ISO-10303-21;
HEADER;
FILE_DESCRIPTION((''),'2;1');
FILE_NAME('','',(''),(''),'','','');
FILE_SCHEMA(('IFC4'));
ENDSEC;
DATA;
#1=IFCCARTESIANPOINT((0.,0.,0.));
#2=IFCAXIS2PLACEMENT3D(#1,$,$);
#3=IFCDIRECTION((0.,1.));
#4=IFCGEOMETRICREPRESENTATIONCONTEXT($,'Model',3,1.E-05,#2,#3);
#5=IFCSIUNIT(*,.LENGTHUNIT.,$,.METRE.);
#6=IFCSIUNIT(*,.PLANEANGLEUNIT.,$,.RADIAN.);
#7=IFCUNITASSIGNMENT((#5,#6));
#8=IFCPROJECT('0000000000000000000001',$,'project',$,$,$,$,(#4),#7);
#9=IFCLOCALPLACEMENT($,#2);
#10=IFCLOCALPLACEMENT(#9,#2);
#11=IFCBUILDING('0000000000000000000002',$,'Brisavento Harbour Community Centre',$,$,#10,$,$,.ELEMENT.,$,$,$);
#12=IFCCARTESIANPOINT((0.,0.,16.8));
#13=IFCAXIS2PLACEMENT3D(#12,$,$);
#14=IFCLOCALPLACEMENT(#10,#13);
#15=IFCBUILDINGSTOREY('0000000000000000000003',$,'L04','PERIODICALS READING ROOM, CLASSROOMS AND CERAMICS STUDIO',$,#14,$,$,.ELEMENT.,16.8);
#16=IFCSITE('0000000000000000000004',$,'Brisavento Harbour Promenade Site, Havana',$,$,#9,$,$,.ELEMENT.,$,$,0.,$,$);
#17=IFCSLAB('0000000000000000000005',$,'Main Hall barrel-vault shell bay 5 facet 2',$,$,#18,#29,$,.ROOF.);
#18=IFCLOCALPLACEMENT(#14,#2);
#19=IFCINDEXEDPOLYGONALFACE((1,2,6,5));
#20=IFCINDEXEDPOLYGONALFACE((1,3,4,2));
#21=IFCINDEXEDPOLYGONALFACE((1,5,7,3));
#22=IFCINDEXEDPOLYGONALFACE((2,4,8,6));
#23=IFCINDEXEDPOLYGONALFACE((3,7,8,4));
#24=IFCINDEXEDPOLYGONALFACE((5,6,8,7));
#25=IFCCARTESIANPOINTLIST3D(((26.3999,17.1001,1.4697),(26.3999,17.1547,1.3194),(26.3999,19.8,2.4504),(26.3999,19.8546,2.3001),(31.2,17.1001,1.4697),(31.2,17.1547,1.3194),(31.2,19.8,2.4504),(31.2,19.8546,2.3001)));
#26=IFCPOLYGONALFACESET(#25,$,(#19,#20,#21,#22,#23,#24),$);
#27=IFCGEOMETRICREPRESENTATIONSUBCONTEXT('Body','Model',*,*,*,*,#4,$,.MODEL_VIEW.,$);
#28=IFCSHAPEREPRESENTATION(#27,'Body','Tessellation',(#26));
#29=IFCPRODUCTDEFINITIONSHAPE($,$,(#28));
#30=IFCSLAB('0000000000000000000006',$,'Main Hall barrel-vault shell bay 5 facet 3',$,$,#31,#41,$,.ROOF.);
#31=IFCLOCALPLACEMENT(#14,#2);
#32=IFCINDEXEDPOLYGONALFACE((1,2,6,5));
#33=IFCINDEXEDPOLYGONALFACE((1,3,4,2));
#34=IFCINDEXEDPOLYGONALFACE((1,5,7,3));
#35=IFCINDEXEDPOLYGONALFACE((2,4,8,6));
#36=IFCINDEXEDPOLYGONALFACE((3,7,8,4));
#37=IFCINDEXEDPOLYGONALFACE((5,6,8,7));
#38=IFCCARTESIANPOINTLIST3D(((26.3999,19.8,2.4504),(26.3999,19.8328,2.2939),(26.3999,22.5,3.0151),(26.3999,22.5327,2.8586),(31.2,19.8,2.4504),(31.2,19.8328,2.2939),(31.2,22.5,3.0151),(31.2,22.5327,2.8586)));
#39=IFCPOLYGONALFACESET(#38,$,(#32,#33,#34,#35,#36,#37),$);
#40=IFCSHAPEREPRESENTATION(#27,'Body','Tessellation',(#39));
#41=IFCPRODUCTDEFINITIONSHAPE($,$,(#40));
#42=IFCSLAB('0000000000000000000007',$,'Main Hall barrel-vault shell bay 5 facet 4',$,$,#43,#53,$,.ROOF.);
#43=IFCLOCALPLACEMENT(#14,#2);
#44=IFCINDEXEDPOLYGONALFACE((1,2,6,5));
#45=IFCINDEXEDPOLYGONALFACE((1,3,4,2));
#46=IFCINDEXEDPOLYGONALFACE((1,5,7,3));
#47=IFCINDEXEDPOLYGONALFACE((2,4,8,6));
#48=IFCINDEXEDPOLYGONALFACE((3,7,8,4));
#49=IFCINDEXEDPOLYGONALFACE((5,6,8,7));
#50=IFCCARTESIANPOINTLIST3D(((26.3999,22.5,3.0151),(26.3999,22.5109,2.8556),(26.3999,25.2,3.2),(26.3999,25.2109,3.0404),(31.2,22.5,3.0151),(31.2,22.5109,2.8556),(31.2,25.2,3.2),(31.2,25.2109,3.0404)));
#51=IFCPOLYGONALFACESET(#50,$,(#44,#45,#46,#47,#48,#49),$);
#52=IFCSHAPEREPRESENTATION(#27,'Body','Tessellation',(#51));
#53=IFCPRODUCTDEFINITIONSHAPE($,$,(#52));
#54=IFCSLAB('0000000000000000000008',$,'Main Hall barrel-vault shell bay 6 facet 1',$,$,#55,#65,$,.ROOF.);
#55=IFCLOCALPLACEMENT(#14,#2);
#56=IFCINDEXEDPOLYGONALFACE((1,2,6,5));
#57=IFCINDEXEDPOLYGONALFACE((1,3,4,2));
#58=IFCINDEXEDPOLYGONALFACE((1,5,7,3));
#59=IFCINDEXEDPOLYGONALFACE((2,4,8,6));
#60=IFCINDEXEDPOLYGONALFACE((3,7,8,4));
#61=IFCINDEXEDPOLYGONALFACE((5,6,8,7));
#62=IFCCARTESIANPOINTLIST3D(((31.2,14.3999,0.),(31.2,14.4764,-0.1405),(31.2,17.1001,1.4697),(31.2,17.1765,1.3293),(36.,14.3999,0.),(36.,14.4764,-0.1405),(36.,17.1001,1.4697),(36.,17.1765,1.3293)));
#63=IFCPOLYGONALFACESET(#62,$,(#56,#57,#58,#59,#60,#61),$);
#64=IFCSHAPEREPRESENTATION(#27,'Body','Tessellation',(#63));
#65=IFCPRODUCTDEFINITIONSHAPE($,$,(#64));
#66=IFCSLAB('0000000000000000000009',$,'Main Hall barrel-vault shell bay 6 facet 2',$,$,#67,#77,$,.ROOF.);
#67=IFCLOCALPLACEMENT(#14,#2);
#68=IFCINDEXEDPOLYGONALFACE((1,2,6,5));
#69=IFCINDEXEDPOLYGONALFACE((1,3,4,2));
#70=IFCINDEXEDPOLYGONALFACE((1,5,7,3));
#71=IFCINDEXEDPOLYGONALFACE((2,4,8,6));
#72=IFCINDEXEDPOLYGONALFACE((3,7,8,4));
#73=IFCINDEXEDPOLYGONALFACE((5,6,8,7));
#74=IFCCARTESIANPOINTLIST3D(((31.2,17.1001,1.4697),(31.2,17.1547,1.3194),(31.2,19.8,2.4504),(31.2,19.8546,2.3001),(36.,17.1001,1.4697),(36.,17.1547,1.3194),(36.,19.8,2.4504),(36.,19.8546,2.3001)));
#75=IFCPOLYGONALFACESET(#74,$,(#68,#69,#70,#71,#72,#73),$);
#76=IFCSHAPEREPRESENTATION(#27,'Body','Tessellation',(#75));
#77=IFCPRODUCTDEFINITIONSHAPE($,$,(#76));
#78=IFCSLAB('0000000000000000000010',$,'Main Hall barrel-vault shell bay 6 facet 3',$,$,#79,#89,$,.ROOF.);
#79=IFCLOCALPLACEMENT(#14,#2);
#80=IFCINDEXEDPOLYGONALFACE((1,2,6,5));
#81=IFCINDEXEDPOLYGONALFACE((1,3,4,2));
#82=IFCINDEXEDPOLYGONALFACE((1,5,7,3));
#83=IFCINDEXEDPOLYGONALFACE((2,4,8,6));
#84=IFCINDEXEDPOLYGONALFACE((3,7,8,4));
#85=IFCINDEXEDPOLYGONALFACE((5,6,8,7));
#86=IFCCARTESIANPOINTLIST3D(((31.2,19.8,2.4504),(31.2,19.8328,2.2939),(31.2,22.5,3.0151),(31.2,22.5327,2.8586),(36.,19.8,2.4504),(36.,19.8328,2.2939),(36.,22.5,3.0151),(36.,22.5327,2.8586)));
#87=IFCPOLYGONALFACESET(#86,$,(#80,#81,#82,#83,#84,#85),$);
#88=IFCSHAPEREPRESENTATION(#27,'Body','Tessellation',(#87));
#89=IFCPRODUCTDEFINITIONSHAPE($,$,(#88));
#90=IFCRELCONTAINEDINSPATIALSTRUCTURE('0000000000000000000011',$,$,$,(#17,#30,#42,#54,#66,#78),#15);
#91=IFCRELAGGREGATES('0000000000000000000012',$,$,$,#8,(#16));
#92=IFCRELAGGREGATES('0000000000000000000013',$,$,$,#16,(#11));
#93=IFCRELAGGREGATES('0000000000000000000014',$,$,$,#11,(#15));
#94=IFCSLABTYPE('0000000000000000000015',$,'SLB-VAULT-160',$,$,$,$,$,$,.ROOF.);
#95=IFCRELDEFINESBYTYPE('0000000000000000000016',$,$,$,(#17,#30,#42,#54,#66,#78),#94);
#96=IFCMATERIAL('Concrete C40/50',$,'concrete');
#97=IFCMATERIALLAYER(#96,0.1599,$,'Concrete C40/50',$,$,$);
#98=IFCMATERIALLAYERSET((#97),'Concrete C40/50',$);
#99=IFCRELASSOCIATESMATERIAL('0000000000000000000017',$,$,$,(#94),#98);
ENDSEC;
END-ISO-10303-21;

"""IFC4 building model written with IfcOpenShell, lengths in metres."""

from ifc_helpers import new_model, si_unit, direction, frame, origin, place, context, subcontext, project, spatial, polyline, outline, extrude, material, layer, layer_set, type_object, element, save


model = new_model("IFC4")

# Units and contexts
model_context = context("Model", 3, precision=1e-05, world=origin(), true_north=direction((0.0, 1.0)))
body_context = subcontext(model_context, "Body", "Model", "MODEL_VIEW")
ifc_project = project(units=[si_unit("LENGTHUNIT", "METRE"), si_unit("PLANEANGLEUNIT", "RADIAN")], contexts=[model_context])

# Site, building, storey
site_placement = place(None, origin())
site = spatial("IfcSite", under=ifc_project, at=site_placement, Name="Brisavento Harbour Promenade Site, Havana", CompositionType="ELEMENT", RefElevation=0.0)
building_placement = place(site_placement, origin())
building = spatial("IfcBuilding", under=site, at=building_placement, Name="Brisavento Harbour Community Centre", CompositionType="ELEMENT")
storey_placement = place(building_placement, frame((0.0, 0.0, 16.8)))
storey = spatial("IfcBuildingStorey", under=building, at=storey_placement, Name="L04", Description="PERIODICALS READING ROOM, CLASSROOMS AND CERAMICS STUDIO", CompositionType="ELEMENT", Elevation=16.8)

# Shared definitions
ifc_material = material(Name="Concrete C40/50", Category="concrete")

# Slabs
ifc_layer = layer(ifc_material, 0.1599, Name="Concrete C40/50")
ifc_layer_set = layer_set([ifc_layer], Name="Concrete C40/50")
slab_type = type_object("IfcSlabType", Name="SLB-VAULT-160", PredefinedType="ROOF", material=ifc_layer_set)
slab_1_placement = place(storey_placement, frame((26.3999, 17.1001, 1.4697), z_axis=(0.0, -0.341409, 0.939915), x_axis=(1.0, 0.0, 0.0)))
element("IfcSlab", 1, at=slab_1_placement, inside=storey, type_object=slab_type, Name="Main Hall barrel-vault shell bay 5 facet 2", PredefinedType="ROOF", context=body_context, shape_type="SweptSolid", body=[
    extrude(outline(polyline([(0.0, 0.0), (4.8, 0.0), (4.8, 2.8725), (0.0, 2.8725), (0.0, 0.0)])), origin(), (0.0, 0.0, -1.0), 0.1599),
])
slab_2_placement = place(storey_placement, frame((26.3999, 19.8, 2.4504), z_axis=(0.0, -0.204721, 0.97882), x_axis=(1.0, 0.0, 0.0)))
element("IfcSlab", 2, at=slab_2_placement, inside=storey, type_object=slab_type, Name="Main Hall barrel-vault shell bay 5 facet 3", PredefinedType="ROOF", context=body_context, shape_type="SweptSolid", body=[
    extrude(outline(polyline([(0.0, 0.0), (4.8, 0.0), (4.8, 2.7584), (0.0, 2.7584), (0.0, 0.0)])), origin(), (0.0, 0.0, -1.0), 0.1599),
])
slab_3_placement = place(storey_placement, frame((26.3999, 22.5, 3.0151), z_axis=(0.0, -0.068291, 0.997665), x_axis=(1.0, 0.0, 0.0)))
element("IfcSlab", 3, at=slab_3_placement, inside=storey, type_object=slab_type, Name="Main Hall barrel-vault shell bay 5 facet 4", PredefinedType="ROOF", context=body_context, shape_type="SweptSolid", body=[
    extrude(outline(polyline([(0.0, 0.0), (4.8, 0.0), (4.8, 2.7063), (0.0, 2.7063), (0.0, 0.0)])), origin(), (0.0, 0.0, -1.0), 0.1599),
])
slab_4_placement = place(storey_placement, frame((31.2, 14.3999, 0.0), z_axis=(0.0, -0.478073, 0.87832), x_axis=(1.0, 0.0, 0.0)))
element("IfcSlab", 4, at=slab_4_placement, inside=storey, type_object=slab_type, Name="Main Hall barrel-vault shell bay 6 facet 1", PredefinedType="ROOF", context=body_context, shape_type="SweptSolid", body=[
    extrude(outline(polyline([(0.0, 0.0), (4.8, 0.0), (4.8, 3.0743), (0.0, 3.0743), (0.0, 0.0)])), origin(), (0.0, 0.0, -1.0), 0.1599),
])
slab_5_placement = place(storey_placement, frame((31.2, 17.1001, 1.4697), z_axis=(0.0, -0.341409, 0.939915), x_axis=(1.0, 0.0, 0.0)))
element("IfcSlab", 5, at=slab_5_placement, inside=storey, type_object=slab_type, Name="Main Hall barrel-vault shell bay 6 facet 2", PredefinedType="ROOF", context=body_context, shape_type="SweptSolid", body=[
    extrude(outline(polyline([(0.0, 0.0), (4.8, 0.0), (4.8, 2.8725), (0.0, 2.8725), (0.0, 0.0)])), origin(), (0.0, 0.0, -1.0), 0.1599),
])
slab_6_placement = place(storey_placement, frame((31.2, 19.8, 2.4504), z_axis=(0.0, -0.204721, 0.97882), x_axis=(1.0, 0.0, 0.0)))
element("IfcSlab", 6, at=slab_6_placement, inside=storey, type_object=slab_type, Name="Main Hall barrel-vault shell bay 6 facet 3", PredefinedType="ROOF", context=body_context, shape_type="SweptSolid", body=[
    extrude(outline(polyline([(0.0, 0.0), (4.8, 0.0), (4.8, 2.7584), (0.0, 2.7584), (0.0, 0.0)])), origin(), (0.0, 0.0, -1.0), 0.1599),
])

save(model, "model.ifc")
